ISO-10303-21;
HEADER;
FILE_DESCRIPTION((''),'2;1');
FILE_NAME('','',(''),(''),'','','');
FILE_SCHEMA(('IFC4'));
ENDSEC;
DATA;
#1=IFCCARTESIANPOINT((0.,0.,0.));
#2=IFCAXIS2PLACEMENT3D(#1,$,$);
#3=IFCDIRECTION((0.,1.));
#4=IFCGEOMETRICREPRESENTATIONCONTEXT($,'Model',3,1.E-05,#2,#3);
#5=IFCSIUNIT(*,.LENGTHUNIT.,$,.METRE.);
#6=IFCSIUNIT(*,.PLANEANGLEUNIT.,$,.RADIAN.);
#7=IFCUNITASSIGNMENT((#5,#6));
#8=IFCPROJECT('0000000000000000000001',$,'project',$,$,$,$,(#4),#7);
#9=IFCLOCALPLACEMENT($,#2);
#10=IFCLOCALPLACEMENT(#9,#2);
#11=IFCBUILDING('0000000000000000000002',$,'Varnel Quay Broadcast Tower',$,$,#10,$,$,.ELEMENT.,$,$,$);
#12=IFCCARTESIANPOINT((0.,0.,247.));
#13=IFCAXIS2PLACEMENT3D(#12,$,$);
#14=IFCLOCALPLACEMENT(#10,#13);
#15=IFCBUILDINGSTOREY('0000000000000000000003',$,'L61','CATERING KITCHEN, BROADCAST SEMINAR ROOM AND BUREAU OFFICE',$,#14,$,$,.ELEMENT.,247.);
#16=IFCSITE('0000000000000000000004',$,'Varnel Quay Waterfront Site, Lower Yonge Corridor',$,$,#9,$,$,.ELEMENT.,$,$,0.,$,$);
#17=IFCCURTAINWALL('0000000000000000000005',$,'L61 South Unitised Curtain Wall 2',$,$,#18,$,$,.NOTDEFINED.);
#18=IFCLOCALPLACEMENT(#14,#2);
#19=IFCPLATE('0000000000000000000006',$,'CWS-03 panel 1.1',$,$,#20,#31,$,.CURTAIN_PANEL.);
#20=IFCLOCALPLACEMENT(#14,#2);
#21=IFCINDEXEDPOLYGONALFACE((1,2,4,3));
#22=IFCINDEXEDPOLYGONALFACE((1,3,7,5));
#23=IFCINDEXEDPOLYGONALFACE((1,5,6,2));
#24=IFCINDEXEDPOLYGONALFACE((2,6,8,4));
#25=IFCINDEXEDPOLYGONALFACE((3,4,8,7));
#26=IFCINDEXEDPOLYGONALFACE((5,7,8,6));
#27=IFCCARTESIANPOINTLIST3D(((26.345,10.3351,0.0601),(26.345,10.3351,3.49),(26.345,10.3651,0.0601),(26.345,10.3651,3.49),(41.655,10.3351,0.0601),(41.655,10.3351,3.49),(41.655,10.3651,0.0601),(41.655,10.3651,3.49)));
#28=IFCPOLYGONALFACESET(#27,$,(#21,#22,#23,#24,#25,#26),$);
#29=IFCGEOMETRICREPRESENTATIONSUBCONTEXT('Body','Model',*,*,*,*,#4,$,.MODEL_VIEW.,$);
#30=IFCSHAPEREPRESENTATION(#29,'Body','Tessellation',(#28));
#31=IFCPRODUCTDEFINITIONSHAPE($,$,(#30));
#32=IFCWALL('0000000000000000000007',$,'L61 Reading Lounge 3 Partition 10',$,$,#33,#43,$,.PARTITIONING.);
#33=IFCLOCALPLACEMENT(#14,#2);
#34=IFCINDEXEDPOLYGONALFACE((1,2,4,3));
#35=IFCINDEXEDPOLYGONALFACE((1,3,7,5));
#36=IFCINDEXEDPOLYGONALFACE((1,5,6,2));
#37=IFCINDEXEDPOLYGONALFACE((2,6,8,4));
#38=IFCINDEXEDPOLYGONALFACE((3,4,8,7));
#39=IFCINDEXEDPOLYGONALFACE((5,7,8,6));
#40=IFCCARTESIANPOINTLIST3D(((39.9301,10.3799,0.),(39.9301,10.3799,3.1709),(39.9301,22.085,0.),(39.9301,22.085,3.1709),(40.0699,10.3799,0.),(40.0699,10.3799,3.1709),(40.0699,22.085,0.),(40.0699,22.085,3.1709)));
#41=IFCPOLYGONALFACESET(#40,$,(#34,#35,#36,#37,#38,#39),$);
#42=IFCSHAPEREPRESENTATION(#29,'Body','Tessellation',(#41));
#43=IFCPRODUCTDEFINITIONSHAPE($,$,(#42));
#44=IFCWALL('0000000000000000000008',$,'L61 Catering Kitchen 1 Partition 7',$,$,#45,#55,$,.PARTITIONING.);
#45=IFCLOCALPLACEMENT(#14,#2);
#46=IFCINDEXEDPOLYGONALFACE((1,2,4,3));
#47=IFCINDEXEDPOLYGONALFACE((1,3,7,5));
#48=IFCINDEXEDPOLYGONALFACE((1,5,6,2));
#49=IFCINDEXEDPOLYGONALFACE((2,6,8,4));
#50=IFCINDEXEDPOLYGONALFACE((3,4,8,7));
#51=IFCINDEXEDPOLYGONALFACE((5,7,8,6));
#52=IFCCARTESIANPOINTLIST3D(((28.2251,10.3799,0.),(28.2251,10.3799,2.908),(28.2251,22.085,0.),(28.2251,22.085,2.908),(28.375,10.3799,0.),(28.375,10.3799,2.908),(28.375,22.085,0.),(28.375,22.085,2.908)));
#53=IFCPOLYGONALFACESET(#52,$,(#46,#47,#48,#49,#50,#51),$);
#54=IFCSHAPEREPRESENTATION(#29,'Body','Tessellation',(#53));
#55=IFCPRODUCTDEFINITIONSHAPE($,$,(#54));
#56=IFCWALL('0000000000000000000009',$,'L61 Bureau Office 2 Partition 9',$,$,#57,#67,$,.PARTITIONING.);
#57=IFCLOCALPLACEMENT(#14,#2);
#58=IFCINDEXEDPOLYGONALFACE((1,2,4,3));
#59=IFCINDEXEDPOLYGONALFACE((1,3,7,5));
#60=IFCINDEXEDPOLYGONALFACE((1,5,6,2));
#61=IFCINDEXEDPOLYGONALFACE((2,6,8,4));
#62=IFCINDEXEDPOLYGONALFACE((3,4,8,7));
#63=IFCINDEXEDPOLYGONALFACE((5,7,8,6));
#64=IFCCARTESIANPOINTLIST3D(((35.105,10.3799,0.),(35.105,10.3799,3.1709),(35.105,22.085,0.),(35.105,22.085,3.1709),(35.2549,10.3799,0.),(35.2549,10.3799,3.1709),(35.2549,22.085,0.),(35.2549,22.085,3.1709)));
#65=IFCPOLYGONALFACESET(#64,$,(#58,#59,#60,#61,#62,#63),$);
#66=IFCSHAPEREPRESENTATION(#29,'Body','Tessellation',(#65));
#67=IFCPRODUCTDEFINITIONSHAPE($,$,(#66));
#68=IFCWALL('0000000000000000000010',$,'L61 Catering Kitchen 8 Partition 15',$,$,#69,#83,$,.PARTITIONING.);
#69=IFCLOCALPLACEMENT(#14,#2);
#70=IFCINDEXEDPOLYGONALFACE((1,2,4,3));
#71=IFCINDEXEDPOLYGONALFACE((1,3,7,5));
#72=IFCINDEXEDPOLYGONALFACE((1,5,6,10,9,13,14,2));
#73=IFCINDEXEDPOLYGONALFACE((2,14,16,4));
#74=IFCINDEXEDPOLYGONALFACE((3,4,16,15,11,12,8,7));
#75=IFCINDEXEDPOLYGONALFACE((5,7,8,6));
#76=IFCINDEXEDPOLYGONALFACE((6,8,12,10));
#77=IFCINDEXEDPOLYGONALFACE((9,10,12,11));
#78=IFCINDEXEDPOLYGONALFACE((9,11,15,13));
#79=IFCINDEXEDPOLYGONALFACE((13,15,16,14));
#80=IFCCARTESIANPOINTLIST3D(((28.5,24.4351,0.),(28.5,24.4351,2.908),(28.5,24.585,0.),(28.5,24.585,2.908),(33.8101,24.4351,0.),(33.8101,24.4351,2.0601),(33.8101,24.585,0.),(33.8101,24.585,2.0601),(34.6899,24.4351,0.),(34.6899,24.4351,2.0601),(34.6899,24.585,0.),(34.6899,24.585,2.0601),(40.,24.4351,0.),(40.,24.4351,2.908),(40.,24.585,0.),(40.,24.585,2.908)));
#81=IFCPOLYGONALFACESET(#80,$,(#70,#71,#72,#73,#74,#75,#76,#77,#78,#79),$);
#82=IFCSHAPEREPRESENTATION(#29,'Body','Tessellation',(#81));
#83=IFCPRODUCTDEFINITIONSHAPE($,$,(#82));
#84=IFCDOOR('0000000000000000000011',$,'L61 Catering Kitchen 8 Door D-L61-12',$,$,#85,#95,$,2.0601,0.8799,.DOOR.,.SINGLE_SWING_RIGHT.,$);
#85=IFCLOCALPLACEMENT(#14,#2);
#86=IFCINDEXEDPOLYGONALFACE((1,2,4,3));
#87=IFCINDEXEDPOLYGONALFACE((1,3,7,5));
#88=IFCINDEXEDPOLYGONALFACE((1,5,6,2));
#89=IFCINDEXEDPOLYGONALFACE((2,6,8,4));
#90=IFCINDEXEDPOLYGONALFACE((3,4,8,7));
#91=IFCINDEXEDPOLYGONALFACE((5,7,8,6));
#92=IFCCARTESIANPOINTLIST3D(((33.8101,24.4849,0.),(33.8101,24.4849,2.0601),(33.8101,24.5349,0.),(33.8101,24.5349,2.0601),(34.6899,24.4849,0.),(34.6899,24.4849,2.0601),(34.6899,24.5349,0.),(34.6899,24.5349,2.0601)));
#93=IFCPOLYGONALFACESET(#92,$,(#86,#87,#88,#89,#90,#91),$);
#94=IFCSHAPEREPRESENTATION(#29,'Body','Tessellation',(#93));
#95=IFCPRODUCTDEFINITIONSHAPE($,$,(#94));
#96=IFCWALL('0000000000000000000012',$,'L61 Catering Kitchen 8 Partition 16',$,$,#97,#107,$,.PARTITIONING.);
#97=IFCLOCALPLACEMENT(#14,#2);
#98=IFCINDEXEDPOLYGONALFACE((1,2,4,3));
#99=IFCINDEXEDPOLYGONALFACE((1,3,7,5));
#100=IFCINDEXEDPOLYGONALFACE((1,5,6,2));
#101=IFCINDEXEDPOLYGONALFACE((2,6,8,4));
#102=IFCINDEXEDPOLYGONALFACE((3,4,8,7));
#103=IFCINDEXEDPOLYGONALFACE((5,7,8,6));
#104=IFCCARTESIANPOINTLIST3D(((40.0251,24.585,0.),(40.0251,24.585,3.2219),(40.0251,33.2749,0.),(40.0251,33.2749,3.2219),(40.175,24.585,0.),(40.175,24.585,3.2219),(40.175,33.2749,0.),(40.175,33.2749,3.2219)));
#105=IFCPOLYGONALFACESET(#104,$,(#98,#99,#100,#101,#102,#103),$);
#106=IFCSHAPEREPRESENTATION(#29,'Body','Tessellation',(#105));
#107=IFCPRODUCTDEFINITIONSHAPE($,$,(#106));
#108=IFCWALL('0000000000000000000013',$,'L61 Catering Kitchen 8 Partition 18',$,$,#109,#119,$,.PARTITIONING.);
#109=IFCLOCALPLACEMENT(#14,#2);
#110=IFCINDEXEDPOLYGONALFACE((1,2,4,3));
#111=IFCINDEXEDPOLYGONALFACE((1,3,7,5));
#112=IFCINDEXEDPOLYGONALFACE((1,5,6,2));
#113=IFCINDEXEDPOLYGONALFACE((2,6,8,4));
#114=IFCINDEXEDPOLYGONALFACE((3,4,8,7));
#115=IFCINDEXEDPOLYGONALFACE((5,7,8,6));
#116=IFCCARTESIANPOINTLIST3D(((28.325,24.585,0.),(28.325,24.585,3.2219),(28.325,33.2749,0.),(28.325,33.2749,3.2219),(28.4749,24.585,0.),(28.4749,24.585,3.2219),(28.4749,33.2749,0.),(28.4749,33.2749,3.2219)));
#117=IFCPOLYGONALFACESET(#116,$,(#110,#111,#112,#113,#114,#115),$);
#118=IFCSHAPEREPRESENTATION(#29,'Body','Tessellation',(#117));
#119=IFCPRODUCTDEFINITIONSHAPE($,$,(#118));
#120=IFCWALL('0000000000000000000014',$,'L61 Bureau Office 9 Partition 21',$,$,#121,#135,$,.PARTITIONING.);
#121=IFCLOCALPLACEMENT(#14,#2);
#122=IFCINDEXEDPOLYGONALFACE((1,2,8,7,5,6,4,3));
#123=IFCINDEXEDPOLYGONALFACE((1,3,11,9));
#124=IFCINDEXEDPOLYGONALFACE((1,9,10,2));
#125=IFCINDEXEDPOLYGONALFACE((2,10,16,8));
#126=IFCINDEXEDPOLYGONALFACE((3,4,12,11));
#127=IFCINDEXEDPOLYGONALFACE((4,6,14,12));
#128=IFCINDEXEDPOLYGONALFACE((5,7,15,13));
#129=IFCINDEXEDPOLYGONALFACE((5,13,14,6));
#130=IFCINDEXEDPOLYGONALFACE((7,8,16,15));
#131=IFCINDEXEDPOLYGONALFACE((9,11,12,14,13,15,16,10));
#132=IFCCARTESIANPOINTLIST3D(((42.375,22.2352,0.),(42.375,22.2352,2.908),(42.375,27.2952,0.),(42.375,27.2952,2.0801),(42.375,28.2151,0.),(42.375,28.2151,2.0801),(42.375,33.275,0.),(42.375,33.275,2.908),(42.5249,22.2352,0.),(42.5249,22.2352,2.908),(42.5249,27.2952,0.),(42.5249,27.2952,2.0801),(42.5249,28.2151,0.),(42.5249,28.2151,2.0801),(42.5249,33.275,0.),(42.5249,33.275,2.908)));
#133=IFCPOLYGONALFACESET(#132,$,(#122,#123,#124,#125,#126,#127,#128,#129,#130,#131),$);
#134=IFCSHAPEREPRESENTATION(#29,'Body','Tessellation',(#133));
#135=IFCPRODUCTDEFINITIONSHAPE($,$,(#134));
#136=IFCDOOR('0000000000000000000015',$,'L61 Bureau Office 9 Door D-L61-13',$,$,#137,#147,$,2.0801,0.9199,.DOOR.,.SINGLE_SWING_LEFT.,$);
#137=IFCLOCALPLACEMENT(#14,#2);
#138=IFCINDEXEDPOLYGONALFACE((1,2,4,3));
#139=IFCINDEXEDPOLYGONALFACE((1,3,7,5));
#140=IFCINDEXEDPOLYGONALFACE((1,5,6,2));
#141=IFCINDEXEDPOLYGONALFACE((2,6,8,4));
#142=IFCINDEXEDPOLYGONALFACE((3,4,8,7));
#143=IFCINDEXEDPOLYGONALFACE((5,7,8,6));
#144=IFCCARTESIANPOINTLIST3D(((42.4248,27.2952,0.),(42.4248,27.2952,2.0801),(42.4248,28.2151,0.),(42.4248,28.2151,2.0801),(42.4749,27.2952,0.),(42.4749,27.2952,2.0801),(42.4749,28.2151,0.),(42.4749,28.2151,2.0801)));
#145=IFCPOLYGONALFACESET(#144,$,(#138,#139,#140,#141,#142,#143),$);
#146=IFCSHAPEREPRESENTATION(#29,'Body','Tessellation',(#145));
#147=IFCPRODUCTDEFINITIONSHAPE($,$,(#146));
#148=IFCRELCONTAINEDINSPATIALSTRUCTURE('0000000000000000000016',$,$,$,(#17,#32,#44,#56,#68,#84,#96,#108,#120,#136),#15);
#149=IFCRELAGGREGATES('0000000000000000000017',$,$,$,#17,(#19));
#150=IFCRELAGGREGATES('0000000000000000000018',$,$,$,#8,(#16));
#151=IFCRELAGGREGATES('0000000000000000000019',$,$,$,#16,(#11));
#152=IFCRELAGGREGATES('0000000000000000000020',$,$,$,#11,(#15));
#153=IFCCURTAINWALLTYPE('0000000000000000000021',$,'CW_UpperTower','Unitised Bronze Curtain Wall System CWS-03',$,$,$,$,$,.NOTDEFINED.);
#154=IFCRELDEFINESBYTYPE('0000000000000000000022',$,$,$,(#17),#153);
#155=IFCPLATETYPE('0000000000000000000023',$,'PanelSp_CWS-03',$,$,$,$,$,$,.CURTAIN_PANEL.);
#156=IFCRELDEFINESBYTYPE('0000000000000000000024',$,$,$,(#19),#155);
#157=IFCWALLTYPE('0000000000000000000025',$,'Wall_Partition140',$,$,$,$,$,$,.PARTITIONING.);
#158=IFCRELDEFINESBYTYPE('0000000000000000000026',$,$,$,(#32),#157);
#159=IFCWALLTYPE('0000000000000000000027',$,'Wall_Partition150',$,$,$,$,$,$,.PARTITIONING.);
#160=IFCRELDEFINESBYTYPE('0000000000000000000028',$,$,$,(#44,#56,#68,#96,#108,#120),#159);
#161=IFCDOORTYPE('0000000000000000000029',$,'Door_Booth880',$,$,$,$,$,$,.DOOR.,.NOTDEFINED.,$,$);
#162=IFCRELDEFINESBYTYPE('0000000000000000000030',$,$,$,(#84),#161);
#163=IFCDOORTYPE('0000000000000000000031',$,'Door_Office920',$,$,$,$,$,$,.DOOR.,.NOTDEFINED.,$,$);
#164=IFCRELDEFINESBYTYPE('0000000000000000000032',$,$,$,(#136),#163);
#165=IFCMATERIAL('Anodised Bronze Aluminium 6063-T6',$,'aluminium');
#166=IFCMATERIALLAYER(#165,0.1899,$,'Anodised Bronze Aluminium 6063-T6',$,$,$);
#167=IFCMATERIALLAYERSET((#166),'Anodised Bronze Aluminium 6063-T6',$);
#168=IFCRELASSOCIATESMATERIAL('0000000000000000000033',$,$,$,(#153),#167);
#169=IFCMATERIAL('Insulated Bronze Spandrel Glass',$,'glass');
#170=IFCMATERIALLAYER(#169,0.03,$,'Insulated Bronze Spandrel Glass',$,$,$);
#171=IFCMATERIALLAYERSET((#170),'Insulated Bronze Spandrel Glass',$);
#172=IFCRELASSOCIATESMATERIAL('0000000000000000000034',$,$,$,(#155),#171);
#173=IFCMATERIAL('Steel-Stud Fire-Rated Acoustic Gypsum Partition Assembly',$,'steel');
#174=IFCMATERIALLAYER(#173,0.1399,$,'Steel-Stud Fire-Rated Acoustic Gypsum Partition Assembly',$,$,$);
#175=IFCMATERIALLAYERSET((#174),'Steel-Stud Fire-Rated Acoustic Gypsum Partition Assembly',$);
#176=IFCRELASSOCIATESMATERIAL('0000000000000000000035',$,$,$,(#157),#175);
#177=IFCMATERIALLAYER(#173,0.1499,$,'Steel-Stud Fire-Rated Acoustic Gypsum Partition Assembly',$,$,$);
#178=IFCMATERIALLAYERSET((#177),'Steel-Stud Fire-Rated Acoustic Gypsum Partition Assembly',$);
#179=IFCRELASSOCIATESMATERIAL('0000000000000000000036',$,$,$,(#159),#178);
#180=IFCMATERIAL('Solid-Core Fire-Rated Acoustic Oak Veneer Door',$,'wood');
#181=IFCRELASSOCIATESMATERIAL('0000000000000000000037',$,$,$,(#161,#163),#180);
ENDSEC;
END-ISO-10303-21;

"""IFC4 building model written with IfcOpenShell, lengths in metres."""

from ifc_helpers import new_model, si_unit, direction, frame, frame_2d, origin, origin_2d, place, context, subcontext, project, spatial, rectangle, extrude, source, transform, mapped, material, layer, layer_set, type_object, type_shapes, element, fill, aggregate, save


model = new_model("IFC4")

# Units and contexts
model_context = context("Model", 3, precision=1e-05, world=origin(), true_north=direction((0.0, 1.0)))
body_context = subcontext(model_context, "Body", "Model", "MODEL_VIEW")
ifc_project = project(units=[si_unit("LENGTHUNIT", "METRE"), si_unit("PLANEANGLEUNIT", "RADIAN")], contexts=[model_context])

# Site, building, storey
site_placement = place(None, origin())
site = spatial("IfcSite", under=ifc_project, at=site_placement, Name="Varnel Quay Waterfront Site, Lower Yonge Corridor", CompositionType="ELEMENT", RefElevation=0.0)
building_placement = place(site_placement, origin())
building = spatial("IfcBuilding", under=site, at=building_placement, Name="Varnel Quay Broadcast Tower", CompositionType="ELEMENT")
storey_placement = place(building_placement, frame((0.0, 0.0, 247.0)))
storey = spatial("IfcBuildingStorey", under=building, at=storey_placement, Name="L61", Description="CATERING KITCHEN, BROADCAST SEMINAR ROOM AND BUREAU OFFICE", CompositionType="ELEMENT", Elevation=247.0)

# Curtain wall
ifc_material_1 = material(Name="Anodised Bronze Aluminium 6063-T6", Category="aluminium")
ifc_layer_1 = layer(ifc_material_1, 0.1899, Name="Anodised Bronze Aluminium 6063-T6")
ifc_layer_set_1 = layer_set([ifc_layer_1], Name="Anodised Bronze Aluminium 6063-T6")
curtain_wall_type = type_object("IfcCurtainWallType", Name="CW_UpperTower", Description="Unitised Bronze Curtain Wall System CWS-03", PredefinedType="NOTDEFINED", material=ifc_layer_set_1)
curtain_wall_placement = place(storey_placement, origin())
curtain_wall = element("IfcCurtainWall", 1, at=curtain_wall_placement, inside=storey, type_object=curtain_wall_type, Name="L61 South Unitised Curtain Wall 2", PredefinedType="NOTDEFINED")

# Plate
ifc_material_2 = material(Name="Insulated Bronze Spandrel Glass", Category="glass")
ifc_layer_2 = layer(ifc_material_2, 0.03, Name="Insulated Bronze Spandrel Glass")
ifc_layer_set_2 = layer_set([ifc_layer_2], Name="Insulated Bronze Spandrel Glass")
plate_type_1 = type_object("IfcPlateType", Name="PanelSp_CWS-03", PredefinedType="CURTAIN_PANEL", material=ifc_layer_set_2)
shared_shape_1 = source(origin(), body_context, "Body", "SweptSolid", [
    extrude(rectangle(XDim=15.3101, YDim=0.03, at=origin_2d()), origin(), (0.0, 0.0, 1.0), 3.4299),
])
type_shapes(plate_type_1, [shared_shape_1])
plate_1_placement = place(storey_placement, frame((34.0, 10.3501, 0.0601), z_axis=(0.0, 0.0, 1.0), x_axis=(1.0, 0.0, 0.0)))
plate_1 = element("IfcPlate", 2, at=plate_1_placement, type_object=plate_type_1, Name="CWS-03 panel 1.1", PredefinedType="CURTAIN_PANEL", context=body_context, shape_type="MappedRepresentation", body=[
    mapped(shared_shape_1, transform((0.0, 0.0, 0.0), x_axis=(1.0, 0.0, 0.0), y_axis=(0.0, 1.0, 0.0), z_axis=(0.0, 0.0, 1.0), scale=1.0)),
])
aggregate(curtain_wall, [plate_1])

# Walls
ifc_material_3 = material(Name="Steel-Stud Fire-Rated Acoustic Gypsum Partition Assembly", Category="steel")
ifc_layer_3 = layer(ifc_material_3, 0.1399, Name="Steel-Stud Fire-Rated Acoustic Gypsum Partition Assembly")
ifc_layer_set_3 = layer_set([ifc_layer_3], Name="Steel-Stud Fire-Rated Acoustic Gypsum Partition Assembly")
wall_type_1 = type_object("IfcWallType", Name="Wall_Partition140", PredefinedType="PARTITIONING", material=ifc_layer_set_3)
wall_1_placement = place(storey_placement, frame((40.0, 10.3799, 0.0), z_axis=(0.0, 0.0, 1.0), x_axis=(0.0, 1.0, 0.0)))
element("IfcWall", 3, at=wall_1_placement, inside=storey, type_object=wall_type_1, Name="L61 Reading Lounge 3 Partition 10", PredefinedType="PARTITIONING", context=body_context, shape_type="SweptSolid", body=[
    extrude(rectangle(XDim=11.7051, YDim=0.1399, at=frame_2d((5.8525, 0.0))), origin(), (0.0, 0.0, 1.0), 3.1709),
])
ifc_layer_4 = layer(ifc_material_3, 0.1499, Name="Steel-Stud Fire-Rated Acoustic Gypsum Partition Assembly")
ifc_layer_set_4 = layer_set([ifc_layer_4], Name="Steel-Stud Fire-Rated Acoustic Gypsum Partition Assembly")
wall_type_2 = type_object("IfcWallType", Name="Wall_Partition150", PredefinedType="PARTITIONING", material=ifc_layer_set_4)
wall_2_placement = place(storey_placement, frame((28.3, 10.3799, 0.0), z_axis=(0.0, 0.0, 1.0), x_axis=(0.0, 1.0, 0.0)))
element("IfcWall", 4, at=wall_2_placement, inside=storey, type_object=wall_type_2, Name="L61 Catering Kitchen 1 Partition 7", PredefinedType="PARTITIONING", context=body_context, shape_type="SweptSolid", body=[
    extrude(rectangle(XDim=11.7051, YDim=0.1499, at=frame_2d((5.8525, 0.0))), origin(), (0.0, 0.0, 1.0), 2.908),
])
wall_3_placement = place(storey_placement, frame((35.1799, 10.3799, 0.0), z_axis=(0.0, 0.0, 1.0), x_axis=(0.0, 1.0, 0.0)))
element("IfcWall", 5, at=wall_3_placement, inside=storey, type_object=wall_type_2, Name="L61 Bureau Office 2 Partition 9", PredefinedType="PARTITIONING", context=body_context, shape_type="SweptSolid", body=[
    extrude(rectangle(XDim=11.7051, YDim=0.1499, at=frame_2d((5.8525, 0.0))), origin(), (0.0, 0.0, 1.0), 3.1709),
])

# Wall, opening, door
wall_4_placement = place(storey_placement, frame((28.5, 24.51, 0.0), z_axis=(0.0, 0.0, 1.0), x_axis=(1.0, 0.0, 0.0)))
wall_4 = element("IfcWall", 6, at=wall_4_placement, inside=storey, type_object=wall_type_2, Name="L61 Catering Kitchen 8 Partition 15", PredefinedType="PARTITIONING", context=body_context, shape_type="SweptSolid", body=[
    extrude(rectangle(XDim=11.5, YDim=0.1499, at=frame_2d((5.75, 0.0))), origin(), (0.0, 0.0, 1.0), 2.908),
])
opening_1_placement = place(wall_4_placement, frame((5.3101, 0.0, 0.0)))
opening_1 = element("IfcOpeningElement", 7, at=opening_1_placement, cuts=wall_4, PredefinedType="OPENING", context=body_context, shape_type="SweptSolid", body=[
    extrude(rectangle(XDim=0.8799, YDim=2.0601, at=frame_2d((0.4399, 1.03))), frame((0.0, 0.085, 0.0), z_axis=(0.0, -1.0, 0.0), x_axis=(1.0, 0.0, 0.0)), (0.0, 0.0, 1.0), 0.1699),
])
ifc_material_4 = material(Name="Solid-Core Fire-Rated Acoustic Oak Veneer Door", Category="wood")
door_type_1 = type_object("IfcDoorType", Name="Door_Booth880", OperationType="NOTDEFINED", PredefinedType="DOOR", material=ifc_material_4)
shared_shape_2 = source(origin(), body_context, "Body", "SweptSolid", [
    extrude(rectangle(XDim=0.8799, YDim=2.0601, at=frame_2d((0.4399, 1.03))), frame((0.0, 0.0249, 0.0), z_axis=(0.0, -1.0, 0.0), x_axis=(1.0, 0.0, 0.0)), (0.0, 0.0, 1.0), 0.05),
])
type_shapes(door_type_1, [shared_shape_2])
door_1_placement = place(opening_1_placement, origin())
door_1 = element("IfcDoor", 8, at=door_1_placement, inside=storey, type_object=door_type_1, Name="L61 Catering Kitchen 8 Door D-L61-12", OperationType="SINGLE_SWING_RIGHT", OverallHeight=2.0601, OverallWidth=0.8799, PredefinedType="DOOR", context=body_context, shape_type="MappedRepresentation", body=[
    mapped(shared_shape_2, transform((0.0, 0.0, 0.0), x_axis=(1.0, 0.0, 0.0), y_axis=(0.0, 1.0, 0.0), z_axis=(0.0, 0.0, 1.0), scale=1.0)),
])
fill(opening_1, door_1)

# Walls
for number, where, z_axis, x_axis, name in (
    (9, (40.1001, 24.585, 0.0), (0.0, 0.0, 1.0), (0.0, 1.0, 0.0), "L61 Catering Kitchen 8 Partition 16"),
    (10, (28.3999, 24.585, 0.0), (0.0, 0.0, 1.0), (0.0, 1.0, 0.0), "L61 Catering Kitchen 8 Partition 18"),
):
    element("IfcWall", number, at=place(storey_placement, frame(where, z_axis=z_axis, x_axis=x_axis)), inside=storey, type_object=wall_type_2, Name=name, PredefinedType="PARTITIONING", context=body_context, shape_type="SweptSolid", body=[
        extrude(rectangle(XDim=8.6899, YDim=0.1499, at=frame_2d((4.345, 0.0))), origin(), (0.0, 0.0, 1.0), 3.2219),
    ])

# Wall, opening, door
wall_5_placement = place(storey_placement, frame((42.45, 22.2351, 0.0), z_axis=(0.0, 0.0, 1.0), x_axis=(0.0, 1.0, 0.0)))
wall_5 = element("IfcWall", 11, at=wall_5_placement, inside=storey, type_object=wall_type_2, Name="L61 Bureau Office 9 Partition 21", PredefinedType="PARTITIONING", context=body_context, shape_type="SweptSolid", body=[
    extrude(rectangle(XDim=11.0398, YDim=0.1499, at=frame_2d((5.52, 0.0))), origin(), (0.0, 0.0, 1.0), 2.908),
])
opening_2_placement = place(wall_5_placement, frame((5.0601, 0.0, 0.0)))
opening_2 = element("IfcOpeningElement", 12, at=opening_2_placement, cuts=wall_5, PredefinedType="OPENING", context=body_context, shape_type="SweptSolid", body=[
    extrude(rectangle(XDim=0.9199, YDim=2.0801, at=frame_2d((0.46, 1.04))), frame((0.0, 0.085, 0.0), z_axis=(0.0, -1.0, 0.0), x_axis=(1.0, 0.0, 0.0)), (0.0, 0.0, 1.0), 0.1699),
])
door_type_2 = type_object("IfcDoorType", Name="Door_Office920", OperationType="NOTDEFINED", PredefinedType="DOOR", material=ifc_material_4)
shared_shape_3 = source(origin(), body_context, "Body", "SweptSolid", [
    extrude(rectangle(XDim=0.9199, YDim=2.0801, at=frame_2d((0.46, 1.04))), frame((0.0, 0.0249, 0.0), z_axis=(0.0, -1.0, 0.0), x_axis=(1.0, 0.0, 0.0)), (0.0, 0.0, 1.0), 0.05),
])
type_shapes(door_type_2, [shared_shape_3])
door_2_placement = place(opening_2_placement, frame((0.9199, 0.0, 0.0), z_axis=(0.0, 0.0, 1.0), x_axis=(-1.0, 0.0, 0.0)))
door_2 = element("IfcDoor", 13, at=door_2_placement, inside=storey, type_object=door_type_2, Name="L61 Bureau Office 9 Door D-L61-13", OperationType="SINGLE_SWING_LEFT", OverallHeight=2.0801, OverallWidth=0.9199, PredefinedType="DOOR", context=body_context, shape_type="MappedRepresentation", body=[
    mapped(shared_shape_3, transform((0.0, 0.0, 0.0), x_axis=(1.0, 0.0, 0.0), y_axis=(0.0, 1.0, 0.0), z_axis=(0.0, 0.0, 1.0), scale=1.0)),
])
fill(opening_2, door_2)

save(model, "model.ifc")
